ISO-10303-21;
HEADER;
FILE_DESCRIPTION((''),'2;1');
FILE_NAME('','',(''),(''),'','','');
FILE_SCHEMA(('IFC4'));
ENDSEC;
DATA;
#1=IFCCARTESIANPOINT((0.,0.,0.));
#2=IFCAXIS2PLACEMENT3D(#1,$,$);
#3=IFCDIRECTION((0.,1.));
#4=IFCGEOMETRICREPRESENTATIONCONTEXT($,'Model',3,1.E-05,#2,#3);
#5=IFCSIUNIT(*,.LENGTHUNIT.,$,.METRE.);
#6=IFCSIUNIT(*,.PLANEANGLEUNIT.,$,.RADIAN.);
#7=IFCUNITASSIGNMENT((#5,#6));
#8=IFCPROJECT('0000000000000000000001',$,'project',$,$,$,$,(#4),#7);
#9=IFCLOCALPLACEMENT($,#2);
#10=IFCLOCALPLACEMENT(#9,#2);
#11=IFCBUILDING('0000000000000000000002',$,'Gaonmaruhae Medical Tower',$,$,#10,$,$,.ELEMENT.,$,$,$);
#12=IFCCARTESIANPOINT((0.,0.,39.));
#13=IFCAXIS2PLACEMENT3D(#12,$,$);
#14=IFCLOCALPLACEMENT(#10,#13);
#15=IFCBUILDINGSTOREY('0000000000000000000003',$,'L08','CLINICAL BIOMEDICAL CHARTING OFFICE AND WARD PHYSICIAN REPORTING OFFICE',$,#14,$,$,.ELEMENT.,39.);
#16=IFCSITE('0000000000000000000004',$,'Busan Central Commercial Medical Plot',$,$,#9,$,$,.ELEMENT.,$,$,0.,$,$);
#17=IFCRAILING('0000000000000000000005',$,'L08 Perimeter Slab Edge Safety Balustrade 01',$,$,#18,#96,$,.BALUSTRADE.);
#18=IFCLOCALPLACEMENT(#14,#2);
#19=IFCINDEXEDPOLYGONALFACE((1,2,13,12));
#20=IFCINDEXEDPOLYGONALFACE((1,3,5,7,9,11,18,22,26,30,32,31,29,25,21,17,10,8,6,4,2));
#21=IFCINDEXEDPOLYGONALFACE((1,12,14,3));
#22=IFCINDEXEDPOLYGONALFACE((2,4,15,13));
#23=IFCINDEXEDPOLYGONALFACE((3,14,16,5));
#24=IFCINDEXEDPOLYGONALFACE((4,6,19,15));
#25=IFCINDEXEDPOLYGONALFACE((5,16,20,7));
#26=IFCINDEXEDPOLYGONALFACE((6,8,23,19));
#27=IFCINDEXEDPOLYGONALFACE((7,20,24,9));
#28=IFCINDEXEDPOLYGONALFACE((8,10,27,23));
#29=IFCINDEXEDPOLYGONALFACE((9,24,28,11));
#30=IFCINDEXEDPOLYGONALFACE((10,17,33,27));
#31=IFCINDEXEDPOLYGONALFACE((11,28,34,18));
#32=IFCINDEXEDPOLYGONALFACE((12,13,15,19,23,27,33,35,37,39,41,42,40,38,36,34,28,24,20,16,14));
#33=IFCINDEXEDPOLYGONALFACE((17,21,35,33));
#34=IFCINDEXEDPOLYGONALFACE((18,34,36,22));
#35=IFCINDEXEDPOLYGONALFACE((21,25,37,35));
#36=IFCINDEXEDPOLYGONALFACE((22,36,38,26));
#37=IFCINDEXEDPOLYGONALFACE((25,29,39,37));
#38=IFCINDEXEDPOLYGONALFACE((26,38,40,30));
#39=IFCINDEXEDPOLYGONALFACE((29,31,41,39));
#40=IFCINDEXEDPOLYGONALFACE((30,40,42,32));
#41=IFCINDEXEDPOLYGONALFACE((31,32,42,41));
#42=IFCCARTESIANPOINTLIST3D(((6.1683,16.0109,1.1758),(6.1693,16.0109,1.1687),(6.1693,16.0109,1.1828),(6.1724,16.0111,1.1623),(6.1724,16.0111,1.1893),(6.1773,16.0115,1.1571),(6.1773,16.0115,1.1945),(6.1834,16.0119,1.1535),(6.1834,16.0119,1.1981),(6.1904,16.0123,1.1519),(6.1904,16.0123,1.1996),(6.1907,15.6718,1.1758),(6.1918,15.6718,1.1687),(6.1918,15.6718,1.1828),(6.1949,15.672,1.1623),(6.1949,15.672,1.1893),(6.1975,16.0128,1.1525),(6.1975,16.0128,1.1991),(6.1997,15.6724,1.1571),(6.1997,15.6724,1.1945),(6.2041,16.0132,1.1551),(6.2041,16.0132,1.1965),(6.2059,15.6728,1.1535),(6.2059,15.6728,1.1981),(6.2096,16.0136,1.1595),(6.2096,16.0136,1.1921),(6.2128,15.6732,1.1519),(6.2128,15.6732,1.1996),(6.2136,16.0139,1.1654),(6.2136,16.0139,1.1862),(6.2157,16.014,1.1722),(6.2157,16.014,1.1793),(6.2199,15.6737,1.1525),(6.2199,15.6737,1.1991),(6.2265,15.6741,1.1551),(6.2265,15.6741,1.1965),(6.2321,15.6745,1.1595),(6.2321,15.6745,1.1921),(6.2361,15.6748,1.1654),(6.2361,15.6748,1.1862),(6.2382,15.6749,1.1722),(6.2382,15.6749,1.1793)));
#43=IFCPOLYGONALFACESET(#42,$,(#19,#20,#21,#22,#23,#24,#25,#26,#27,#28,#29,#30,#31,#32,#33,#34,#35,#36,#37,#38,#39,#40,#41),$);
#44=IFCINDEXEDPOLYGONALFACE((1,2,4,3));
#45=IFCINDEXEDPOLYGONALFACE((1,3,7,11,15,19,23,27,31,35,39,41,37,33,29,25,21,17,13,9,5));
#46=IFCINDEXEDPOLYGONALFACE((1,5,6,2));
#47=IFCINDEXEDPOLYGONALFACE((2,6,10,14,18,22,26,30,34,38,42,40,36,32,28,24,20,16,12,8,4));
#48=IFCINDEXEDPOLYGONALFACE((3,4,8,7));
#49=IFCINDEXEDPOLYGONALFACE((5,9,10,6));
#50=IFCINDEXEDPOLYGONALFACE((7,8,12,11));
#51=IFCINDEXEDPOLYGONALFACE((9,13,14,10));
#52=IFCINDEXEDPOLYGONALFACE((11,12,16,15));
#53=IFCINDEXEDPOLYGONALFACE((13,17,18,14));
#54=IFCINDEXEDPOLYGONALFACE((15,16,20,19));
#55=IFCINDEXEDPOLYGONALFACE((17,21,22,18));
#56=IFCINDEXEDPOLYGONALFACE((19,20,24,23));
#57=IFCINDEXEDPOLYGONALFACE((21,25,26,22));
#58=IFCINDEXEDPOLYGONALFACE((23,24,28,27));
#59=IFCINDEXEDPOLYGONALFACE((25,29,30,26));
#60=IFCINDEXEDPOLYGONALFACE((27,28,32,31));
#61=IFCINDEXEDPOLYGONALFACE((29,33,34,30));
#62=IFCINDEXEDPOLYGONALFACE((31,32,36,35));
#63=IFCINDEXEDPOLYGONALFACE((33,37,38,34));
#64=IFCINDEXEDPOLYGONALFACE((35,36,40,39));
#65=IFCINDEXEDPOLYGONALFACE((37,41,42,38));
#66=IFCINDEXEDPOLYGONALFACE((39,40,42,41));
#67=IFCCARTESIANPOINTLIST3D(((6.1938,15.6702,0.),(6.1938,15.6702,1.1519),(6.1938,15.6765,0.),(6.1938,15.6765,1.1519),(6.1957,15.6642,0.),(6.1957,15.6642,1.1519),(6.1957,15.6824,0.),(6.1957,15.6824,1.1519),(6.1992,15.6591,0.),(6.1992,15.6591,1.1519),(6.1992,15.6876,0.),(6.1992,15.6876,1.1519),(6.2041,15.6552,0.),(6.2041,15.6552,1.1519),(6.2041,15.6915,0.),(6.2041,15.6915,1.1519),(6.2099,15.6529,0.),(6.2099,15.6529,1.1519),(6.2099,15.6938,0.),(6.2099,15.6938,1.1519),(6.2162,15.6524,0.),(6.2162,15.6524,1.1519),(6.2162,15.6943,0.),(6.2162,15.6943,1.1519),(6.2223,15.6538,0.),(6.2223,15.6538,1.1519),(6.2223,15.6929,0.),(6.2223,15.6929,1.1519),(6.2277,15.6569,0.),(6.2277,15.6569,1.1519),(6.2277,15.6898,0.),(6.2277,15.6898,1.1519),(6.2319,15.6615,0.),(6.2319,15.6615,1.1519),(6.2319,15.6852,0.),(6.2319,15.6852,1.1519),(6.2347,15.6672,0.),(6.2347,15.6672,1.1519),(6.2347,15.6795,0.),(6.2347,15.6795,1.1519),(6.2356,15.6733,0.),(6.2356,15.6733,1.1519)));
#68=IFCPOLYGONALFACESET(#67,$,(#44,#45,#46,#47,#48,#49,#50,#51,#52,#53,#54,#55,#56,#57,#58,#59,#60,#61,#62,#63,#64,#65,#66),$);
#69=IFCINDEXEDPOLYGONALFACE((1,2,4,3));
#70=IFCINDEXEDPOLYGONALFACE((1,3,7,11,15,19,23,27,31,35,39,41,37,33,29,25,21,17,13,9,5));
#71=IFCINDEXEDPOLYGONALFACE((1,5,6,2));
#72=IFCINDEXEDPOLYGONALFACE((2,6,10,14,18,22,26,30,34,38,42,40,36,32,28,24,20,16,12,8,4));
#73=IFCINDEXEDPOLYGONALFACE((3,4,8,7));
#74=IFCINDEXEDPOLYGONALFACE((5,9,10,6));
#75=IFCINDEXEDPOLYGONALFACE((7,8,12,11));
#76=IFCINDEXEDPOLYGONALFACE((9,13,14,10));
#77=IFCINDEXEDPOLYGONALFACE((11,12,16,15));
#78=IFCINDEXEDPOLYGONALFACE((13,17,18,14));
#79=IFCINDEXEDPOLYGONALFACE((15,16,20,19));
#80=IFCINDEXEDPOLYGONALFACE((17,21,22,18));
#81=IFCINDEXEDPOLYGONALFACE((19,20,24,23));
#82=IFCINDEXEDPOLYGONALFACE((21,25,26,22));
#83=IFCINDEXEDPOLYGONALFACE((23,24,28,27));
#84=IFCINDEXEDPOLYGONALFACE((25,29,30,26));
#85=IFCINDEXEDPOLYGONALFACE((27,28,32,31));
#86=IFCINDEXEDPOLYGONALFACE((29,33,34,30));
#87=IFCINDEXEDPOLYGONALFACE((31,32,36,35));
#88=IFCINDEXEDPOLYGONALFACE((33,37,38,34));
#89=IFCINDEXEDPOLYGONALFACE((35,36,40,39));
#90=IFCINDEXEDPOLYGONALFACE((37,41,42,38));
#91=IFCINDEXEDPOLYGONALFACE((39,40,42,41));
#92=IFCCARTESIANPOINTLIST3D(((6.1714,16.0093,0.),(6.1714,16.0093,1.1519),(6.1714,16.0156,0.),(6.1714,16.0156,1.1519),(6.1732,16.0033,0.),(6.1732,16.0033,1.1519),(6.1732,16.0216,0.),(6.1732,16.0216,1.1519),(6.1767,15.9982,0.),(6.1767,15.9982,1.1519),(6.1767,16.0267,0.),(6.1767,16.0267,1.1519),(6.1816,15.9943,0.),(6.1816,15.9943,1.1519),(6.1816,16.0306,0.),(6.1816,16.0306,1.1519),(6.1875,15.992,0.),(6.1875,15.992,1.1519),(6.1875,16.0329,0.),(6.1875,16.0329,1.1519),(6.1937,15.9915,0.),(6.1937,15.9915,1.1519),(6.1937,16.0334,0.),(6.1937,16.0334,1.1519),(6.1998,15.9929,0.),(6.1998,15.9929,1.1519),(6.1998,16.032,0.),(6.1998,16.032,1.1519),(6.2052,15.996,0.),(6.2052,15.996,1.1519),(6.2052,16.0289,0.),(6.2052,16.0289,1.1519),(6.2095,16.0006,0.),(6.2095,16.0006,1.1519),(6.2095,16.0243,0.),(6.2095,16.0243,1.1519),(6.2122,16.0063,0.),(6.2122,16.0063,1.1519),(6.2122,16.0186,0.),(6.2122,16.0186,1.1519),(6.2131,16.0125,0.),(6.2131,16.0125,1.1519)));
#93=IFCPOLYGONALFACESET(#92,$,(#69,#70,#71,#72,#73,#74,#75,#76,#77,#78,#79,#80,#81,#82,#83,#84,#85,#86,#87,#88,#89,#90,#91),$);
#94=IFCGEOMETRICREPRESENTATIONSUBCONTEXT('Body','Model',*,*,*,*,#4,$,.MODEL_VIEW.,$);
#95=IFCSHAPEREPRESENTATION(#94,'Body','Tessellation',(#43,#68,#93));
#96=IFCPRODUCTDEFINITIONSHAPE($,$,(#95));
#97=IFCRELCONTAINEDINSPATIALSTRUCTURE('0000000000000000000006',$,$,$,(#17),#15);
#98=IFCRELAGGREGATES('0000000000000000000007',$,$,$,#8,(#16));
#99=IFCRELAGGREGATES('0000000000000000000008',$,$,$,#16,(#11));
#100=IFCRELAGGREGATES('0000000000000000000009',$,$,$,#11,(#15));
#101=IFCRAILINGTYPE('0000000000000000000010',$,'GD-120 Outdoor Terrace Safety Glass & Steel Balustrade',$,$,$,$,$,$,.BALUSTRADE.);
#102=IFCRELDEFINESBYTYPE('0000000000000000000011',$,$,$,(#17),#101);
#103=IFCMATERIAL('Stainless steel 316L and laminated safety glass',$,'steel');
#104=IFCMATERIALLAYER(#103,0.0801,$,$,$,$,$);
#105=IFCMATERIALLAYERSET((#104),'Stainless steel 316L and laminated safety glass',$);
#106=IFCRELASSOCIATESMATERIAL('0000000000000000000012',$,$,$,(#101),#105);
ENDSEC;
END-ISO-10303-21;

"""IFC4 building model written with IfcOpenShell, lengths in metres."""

from ifc_helpers import new_model, si_unit, direction, frame, origin, origin_2d, place, context, subcontext, project, spatial, circle, extrude, material, layer, layer_set, type_object, element, save


model = new_model("IFC4")

# Units and contexts
model_context = context("Model", 3, precision=1e-05, world=origin(), true_north=direction((0.0, 1.0)))
body_context = subcontext(model_context, "Body", "Model", "MODEL_VIEW")
ifc_project = project(units=[si_unit("LENGTHUNIT", "METRE"), si_unit("PLANEANGLEUNIT", "RADIAN")], contexts=[model_context])

# Site, building, storey
site_placement = place(None, origin())
site = spatial("IfcSite", under=ifc_project, at=site_placement, Name="Busan Central Commercial Medical Plot", CompositionType="ELEMENT", RefElevation=0.0)
building_placement = place(site_placement, origin())
building = spatial("IfcBuilding", under=site, at=building_placement, Name="Gaonmaruhae Medical Tower", CompositionType="ELEMENT")
storey_placement = place(building_placement, frame((0.0, 0.0, 39.0)))
storey = spatial("IfcBuildingStorey", under=building, at=storey_placement, Name="L08", Description="CLINICAL BIOMEDICAL CHARTING OFFICE AND WARD PHYSICIAN REPORTING OFFICE", CompositionType="ELEMENT", Elevation=39.0)

# Railing
ifc_material_1 = material(Name="Stainless steel 316L and laminated safety glass", Category="steel")
ifc_layer_1 = layer(ifc_material_1, 0.0801)
ifc_layer_set_1 = layer_set([ifc_layer_1], Name="Stainless steel 316L and laminated safety glass")
railing_type_1 = type_object("IfcRailingType", Name="GD-120 Outdoor Terrace Safety Glass & Steel Balustrade", PredefinedType="BALUSTRADE", material=ifc_layer_set_1)
railing_1_placement = place(storey_placement, frame((6.2146, 15.6733, 0.0)))
element("IfcRailing", 1, at=railing_1_placement, inside=storey, type_object=railing_type_1, Name="L08 Perimeter Slab Edge Safety Balustrade 01", PredefinedType="BALUSTRADE", context=body_context, shape_type="SweptSolid", body=[
    extrude(circle(Radius=0.0239, at=origin_2d()), frame((0.0, 0.0, 1.1758), z_axis=(-0.06609, 0.997814, 0.0), x_axis=(-0.997814, -0.06609, 0.0)), (0.0, 0.0, 1.0), 0.3398),
    extrude(circle(Radius=0.021, at=origin_2d()), origin(), (0.0, 0.0, 1.0), 1.1519),
    extrude(circle(Radius=0.021, at=origin_2d()), frame((-0.0225, 0.3391, 0.0)), (0.0, 0.0, 1.0), 1.1519),
])

save(model, "model.ifc")
